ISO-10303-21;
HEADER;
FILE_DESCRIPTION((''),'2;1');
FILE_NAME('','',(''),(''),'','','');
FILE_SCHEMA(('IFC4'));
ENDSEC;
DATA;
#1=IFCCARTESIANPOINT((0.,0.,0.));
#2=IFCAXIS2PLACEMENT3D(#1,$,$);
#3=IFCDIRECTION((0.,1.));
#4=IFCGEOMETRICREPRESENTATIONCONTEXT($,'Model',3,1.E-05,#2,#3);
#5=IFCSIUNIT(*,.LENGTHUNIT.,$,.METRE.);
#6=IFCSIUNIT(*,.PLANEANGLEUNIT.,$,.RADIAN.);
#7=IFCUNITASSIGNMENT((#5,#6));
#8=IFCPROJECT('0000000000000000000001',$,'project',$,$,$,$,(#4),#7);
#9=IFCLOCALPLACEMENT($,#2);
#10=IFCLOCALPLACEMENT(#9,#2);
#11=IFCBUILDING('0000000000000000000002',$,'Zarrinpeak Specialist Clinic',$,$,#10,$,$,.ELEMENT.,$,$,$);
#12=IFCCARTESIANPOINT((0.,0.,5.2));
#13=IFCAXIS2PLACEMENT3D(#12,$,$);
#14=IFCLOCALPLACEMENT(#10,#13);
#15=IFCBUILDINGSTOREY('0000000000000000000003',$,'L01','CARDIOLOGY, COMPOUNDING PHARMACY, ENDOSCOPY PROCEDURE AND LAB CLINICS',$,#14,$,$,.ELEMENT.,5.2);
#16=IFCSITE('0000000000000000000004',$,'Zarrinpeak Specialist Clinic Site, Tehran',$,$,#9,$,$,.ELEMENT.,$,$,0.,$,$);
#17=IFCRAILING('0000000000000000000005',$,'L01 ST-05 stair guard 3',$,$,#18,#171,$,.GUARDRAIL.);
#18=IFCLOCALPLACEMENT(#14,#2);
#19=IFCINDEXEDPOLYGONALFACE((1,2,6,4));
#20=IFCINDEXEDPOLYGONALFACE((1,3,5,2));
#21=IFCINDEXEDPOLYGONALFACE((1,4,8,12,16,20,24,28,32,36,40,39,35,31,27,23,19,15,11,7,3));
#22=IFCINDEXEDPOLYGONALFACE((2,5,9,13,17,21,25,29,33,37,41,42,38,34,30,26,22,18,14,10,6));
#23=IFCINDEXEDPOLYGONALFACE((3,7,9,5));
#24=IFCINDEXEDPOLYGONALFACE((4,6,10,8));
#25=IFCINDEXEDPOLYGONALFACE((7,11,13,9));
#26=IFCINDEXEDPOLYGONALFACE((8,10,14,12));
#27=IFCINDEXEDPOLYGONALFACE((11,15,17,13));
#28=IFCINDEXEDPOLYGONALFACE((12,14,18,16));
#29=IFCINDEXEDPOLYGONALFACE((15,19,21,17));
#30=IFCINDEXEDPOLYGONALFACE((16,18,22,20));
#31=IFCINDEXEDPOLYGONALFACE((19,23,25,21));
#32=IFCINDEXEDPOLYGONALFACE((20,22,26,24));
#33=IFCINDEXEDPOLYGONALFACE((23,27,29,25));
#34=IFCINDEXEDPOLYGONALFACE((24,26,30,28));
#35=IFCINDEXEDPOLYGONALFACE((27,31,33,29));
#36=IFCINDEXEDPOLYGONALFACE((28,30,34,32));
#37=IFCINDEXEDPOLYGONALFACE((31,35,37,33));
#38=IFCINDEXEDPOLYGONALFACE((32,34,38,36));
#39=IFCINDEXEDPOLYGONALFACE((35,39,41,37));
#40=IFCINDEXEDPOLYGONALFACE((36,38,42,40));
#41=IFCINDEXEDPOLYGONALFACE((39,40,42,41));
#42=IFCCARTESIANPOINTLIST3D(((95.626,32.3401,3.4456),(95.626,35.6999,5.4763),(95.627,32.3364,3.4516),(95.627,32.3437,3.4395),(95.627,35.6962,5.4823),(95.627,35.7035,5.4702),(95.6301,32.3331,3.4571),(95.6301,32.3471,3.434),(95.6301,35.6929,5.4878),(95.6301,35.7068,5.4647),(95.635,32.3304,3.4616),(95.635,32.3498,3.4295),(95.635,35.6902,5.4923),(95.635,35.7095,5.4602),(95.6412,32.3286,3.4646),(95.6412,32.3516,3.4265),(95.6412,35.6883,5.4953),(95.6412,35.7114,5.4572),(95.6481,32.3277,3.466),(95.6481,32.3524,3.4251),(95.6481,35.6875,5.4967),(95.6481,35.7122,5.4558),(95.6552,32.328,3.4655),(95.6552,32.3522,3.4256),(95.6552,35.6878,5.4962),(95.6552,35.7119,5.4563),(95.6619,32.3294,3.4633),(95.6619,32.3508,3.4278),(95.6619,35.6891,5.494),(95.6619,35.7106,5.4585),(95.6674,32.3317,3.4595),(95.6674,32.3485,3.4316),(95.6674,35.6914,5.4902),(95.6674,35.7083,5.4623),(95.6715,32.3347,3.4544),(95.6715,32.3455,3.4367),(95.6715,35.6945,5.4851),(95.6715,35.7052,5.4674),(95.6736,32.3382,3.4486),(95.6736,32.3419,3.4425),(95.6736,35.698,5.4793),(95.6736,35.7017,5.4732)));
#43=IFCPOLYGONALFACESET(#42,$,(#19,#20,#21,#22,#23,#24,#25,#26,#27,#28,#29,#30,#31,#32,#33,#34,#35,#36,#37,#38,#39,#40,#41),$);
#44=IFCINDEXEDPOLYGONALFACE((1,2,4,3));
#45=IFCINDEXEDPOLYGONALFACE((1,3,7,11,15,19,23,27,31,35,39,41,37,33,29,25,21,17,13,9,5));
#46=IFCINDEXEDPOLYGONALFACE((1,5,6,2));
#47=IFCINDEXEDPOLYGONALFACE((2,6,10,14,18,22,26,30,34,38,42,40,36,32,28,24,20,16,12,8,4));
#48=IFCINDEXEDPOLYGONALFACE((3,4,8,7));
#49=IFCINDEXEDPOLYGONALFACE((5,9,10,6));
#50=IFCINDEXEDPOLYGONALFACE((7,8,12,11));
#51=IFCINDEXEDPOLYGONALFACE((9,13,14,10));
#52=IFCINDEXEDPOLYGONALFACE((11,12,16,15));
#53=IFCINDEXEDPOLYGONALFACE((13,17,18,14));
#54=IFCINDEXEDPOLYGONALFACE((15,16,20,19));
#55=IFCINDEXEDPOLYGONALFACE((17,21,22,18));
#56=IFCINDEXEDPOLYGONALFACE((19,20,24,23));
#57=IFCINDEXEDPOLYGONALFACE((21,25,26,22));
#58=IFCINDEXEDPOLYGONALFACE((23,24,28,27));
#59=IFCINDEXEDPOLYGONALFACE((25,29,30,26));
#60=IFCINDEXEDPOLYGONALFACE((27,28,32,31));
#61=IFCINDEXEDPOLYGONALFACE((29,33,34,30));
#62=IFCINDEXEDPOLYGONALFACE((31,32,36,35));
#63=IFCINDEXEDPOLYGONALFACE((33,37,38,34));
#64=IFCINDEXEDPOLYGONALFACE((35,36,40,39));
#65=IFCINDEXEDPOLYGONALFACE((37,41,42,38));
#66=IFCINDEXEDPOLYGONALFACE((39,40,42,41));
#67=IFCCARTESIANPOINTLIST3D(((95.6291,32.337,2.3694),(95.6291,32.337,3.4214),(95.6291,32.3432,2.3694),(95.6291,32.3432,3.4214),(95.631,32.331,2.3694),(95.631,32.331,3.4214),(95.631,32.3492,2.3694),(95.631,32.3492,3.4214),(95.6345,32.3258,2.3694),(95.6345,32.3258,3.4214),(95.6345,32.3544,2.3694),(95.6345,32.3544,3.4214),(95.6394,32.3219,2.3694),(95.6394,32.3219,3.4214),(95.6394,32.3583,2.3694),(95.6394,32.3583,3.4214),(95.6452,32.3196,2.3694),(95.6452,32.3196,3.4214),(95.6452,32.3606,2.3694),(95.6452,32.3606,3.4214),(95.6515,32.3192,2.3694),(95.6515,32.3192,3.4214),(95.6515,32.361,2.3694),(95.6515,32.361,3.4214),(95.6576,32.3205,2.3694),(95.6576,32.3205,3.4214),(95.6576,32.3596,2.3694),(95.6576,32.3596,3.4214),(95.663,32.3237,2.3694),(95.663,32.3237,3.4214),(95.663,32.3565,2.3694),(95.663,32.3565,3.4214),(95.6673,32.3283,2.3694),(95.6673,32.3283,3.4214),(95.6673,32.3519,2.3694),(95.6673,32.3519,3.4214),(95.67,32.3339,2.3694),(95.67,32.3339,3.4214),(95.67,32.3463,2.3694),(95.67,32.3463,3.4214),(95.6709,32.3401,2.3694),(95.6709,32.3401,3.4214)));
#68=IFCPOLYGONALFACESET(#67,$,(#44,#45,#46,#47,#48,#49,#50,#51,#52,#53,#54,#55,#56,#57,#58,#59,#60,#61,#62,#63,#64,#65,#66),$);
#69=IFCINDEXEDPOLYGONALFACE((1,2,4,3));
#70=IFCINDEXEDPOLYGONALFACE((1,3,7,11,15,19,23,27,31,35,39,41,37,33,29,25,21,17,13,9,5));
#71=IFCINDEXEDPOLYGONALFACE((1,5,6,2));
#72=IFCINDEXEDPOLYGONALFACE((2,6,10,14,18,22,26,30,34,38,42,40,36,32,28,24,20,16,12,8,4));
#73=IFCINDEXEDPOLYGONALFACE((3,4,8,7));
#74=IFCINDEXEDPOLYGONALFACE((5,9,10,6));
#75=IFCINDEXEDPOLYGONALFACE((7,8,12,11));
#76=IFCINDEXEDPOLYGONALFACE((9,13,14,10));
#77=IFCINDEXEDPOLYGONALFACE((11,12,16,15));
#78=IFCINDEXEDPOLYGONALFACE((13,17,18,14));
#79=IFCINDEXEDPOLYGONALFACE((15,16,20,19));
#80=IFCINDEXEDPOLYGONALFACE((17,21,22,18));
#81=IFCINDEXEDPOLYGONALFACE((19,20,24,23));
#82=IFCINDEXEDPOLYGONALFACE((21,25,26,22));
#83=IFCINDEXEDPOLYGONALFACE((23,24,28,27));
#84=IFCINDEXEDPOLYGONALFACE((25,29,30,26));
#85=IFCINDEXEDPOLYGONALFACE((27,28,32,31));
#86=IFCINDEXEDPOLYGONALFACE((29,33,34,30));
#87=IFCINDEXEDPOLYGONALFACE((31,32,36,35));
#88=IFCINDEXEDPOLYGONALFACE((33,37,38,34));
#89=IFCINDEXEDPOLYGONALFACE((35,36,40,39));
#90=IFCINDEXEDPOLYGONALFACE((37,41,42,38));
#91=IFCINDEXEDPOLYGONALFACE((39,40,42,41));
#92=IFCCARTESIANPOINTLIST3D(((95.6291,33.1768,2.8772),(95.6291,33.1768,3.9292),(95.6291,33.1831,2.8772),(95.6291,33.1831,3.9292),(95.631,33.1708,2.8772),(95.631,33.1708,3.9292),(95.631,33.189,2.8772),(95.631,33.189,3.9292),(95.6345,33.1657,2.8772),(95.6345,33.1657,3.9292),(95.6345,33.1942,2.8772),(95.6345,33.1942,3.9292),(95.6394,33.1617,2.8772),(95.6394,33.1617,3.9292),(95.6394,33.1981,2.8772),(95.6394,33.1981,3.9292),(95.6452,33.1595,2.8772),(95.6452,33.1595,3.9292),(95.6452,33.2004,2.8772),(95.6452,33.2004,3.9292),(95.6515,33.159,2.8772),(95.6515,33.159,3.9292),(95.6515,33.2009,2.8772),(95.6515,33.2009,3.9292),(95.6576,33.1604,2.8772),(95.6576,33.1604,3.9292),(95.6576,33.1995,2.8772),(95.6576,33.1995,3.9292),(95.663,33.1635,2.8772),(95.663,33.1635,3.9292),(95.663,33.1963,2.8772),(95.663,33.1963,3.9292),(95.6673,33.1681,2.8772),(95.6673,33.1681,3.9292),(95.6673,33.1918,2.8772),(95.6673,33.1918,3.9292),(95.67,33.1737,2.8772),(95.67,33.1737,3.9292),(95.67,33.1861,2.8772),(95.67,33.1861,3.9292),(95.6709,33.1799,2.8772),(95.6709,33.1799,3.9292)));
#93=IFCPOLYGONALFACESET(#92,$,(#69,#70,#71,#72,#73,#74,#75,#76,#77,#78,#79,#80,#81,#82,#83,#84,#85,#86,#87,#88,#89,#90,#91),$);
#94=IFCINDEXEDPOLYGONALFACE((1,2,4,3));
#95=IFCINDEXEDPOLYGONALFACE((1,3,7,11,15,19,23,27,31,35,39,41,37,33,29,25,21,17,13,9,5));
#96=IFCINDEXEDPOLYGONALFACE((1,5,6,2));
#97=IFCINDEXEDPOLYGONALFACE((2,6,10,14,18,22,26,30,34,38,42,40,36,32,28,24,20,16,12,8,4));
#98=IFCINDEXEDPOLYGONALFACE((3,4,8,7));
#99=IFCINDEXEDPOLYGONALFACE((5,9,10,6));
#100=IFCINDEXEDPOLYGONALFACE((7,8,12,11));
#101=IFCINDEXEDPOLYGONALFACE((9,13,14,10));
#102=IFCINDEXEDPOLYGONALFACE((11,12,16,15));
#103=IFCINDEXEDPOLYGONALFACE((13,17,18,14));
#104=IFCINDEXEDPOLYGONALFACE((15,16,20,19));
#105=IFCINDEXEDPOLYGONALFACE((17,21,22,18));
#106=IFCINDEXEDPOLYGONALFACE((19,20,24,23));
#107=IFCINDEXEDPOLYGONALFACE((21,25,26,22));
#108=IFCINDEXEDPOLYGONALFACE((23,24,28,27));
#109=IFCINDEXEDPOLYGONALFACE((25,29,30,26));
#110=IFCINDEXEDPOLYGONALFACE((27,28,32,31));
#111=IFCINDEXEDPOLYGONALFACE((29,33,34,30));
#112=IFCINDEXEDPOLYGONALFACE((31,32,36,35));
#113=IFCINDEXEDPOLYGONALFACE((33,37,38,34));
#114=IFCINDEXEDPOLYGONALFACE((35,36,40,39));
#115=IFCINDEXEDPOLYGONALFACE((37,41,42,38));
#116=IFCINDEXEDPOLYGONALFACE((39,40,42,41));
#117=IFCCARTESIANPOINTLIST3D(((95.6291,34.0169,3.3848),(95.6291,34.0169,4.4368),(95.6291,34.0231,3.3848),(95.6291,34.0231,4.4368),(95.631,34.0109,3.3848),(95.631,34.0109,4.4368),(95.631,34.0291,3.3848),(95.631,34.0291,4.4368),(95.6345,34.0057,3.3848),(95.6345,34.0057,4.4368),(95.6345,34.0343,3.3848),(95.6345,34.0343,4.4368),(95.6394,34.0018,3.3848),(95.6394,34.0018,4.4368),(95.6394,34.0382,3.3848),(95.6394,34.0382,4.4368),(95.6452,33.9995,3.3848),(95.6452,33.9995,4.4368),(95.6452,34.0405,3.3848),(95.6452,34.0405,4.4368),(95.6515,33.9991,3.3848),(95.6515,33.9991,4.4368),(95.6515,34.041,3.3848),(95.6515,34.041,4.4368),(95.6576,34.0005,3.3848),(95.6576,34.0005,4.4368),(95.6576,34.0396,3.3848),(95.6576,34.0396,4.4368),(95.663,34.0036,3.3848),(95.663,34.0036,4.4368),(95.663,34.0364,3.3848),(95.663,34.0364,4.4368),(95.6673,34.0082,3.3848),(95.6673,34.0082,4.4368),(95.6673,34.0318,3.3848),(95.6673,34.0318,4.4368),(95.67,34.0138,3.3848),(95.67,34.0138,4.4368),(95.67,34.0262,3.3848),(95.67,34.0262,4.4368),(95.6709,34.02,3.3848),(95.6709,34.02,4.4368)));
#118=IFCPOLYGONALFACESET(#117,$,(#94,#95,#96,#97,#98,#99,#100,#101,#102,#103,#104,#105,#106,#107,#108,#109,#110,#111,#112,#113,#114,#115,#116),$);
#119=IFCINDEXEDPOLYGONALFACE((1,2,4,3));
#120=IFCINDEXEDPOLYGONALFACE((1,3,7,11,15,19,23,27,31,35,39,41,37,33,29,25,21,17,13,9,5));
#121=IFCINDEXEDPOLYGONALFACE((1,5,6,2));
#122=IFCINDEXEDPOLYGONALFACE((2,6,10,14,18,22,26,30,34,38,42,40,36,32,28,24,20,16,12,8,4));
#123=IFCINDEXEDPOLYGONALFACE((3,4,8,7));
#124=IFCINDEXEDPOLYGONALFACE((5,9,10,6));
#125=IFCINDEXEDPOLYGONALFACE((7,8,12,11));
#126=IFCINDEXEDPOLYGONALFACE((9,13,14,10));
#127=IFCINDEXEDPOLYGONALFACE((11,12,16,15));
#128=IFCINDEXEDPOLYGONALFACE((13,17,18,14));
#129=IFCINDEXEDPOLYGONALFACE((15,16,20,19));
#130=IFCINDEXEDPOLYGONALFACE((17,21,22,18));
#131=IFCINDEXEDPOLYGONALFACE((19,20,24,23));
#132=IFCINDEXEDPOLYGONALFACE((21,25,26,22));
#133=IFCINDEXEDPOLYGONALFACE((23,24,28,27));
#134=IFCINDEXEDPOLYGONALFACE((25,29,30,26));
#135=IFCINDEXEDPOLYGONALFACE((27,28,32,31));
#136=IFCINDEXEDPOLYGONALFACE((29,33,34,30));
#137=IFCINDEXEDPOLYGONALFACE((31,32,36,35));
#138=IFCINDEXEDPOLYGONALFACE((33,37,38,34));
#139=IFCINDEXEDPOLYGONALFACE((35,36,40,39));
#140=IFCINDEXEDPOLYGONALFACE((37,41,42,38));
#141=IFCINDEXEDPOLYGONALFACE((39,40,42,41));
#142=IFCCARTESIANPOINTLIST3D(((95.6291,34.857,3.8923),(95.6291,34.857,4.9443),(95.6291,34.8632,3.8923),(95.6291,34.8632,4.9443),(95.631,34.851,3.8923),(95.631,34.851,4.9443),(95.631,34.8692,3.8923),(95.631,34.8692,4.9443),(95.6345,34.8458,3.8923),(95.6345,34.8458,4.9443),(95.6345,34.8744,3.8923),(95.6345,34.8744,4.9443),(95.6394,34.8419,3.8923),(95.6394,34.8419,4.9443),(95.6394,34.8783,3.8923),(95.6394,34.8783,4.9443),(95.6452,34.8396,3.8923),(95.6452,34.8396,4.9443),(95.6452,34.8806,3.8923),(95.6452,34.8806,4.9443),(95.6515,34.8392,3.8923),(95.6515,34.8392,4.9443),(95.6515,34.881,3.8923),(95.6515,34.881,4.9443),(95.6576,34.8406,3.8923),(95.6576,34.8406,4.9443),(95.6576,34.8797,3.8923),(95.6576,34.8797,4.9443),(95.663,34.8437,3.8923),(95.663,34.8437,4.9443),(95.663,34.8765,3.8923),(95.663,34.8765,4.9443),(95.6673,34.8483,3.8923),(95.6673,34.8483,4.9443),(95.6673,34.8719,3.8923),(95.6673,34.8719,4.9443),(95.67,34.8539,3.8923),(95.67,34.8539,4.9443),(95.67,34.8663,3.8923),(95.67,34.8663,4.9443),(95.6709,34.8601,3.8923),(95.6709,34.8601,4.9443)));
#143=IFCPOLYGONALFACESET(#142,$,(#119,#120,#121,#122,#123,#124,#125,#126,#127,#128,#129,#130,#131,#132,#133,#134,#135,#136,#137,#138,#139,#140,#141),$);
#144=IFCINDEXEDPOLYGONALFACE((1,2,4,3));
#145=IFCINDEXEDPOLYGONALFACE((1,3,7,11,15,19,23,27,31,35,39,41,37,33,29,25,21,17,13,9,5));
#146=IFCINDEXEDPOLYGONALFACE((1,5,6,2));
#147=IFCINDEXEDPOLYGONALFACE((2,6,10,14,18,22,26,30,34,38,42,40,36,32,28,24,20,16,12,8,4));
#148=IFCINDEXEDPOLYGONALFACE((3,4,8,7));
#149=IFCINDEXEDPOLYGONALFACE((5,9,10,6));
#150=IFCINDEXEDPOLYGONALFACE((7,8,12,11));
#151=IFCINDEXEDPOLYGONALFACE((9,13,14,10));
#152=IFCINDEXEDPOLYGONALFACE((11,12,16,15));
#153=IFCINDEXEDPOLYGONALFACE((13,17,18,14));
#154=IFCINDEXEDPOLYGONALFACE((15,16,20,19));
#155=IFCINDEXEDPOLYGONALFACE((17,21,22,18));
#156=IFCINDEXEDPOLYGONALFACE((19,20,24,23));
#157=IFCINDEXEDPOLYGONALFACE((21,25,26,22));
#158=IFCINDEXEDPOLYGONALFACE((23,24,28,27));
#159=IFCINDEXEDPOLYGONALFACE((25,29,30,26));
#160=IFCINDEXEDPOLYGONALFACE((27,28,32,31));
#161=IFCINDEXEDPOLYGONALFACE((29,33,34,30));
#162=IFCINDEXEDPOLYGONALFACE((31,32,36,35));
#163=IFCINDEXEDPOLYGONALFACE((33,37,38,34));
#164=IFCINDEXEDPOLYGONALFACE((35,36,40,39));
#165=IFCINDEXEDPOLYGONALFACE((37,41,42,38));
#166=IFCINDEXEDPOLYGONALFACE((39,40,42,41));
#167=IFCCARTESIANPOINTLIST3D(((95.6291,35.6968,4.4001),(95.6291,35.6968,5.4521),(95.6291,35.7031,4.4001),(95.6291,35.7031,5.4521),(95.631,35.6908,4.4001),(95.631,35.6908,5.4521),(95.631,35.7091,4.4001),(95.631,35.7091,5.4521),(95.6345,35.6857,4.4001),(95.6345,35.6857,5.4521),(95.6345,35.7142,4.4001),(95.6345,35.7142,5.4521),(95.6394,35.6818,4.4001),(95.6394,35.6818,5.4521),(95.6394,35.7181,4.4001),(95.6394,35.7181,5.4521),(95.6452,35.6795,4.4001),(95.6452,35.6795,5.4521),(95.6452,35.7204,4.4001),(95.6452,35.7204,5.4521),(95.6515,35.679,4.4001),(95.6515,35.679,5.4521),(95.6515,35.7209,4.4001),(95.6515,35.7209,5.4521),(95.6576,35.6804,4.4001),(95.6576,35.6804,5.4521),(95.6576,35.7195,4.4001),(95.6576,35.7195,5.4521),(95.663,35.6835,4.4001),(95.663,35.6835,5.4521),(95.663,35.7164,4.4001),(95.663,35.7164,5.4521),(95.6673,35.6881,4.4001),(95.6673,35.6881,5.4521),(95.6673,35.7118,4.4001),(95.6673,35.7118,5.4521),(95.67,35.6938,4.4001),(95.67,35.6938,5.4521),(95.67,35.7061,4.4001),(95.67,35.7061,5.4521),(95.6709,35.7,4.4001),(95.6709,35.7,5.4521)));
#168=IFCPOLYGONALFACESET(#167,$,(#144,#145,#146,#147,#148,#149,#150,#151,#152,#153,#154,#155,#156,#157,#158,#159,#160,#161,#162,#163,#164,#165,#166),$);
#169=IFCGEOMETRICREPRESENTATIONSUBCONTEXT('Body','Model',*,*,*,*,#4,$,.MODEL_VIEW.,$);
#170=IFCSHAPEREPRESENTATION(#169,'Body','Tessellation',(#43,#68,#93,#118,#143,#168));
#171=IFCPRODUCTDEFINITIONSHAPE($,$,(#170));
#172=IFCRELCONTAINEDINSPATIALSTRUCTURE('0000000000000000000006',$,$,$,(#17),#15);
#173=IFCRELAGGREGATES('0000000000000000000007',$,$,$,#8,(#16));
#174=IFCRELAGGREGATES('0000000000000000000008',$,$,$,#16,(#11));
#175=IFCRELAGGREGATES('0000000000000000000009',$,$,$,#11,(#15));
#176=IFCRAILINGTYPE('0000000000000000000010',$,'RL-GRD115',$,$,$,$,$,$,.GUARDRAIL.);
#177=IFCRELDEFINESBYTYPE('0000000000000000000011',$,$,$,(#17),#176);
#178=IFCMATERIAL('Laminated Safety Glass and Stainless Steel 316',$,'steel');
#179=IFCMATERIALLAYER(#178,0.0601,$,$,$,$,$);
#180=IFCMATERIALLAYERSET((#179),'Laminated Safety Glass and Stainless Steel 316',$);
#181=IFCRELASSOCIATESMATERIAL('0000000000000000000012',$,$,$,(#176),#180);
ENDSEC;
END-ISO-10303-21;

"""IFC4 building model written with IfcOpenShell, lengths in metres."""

from ifc_helpers import new_model, si_unit, direction, frame, origin, origin_2d, place, context, subcontext, project, spatial, circle, extrude, material, layer, layer_set, type_object, element, save


model = new_model("IFC4")

# Units and contexts
model_context = context("Model", 3, precision=1e-05, world=origin(), true_north=direction((0.0, 1.0)))
body_context = subcontext(model_context, "Body", "Model", "MODEL_VIEW")
ifc_project = project(units=[si_unit("LENGTHUNIT", "METRE"), si_unit("PLANEANGLEUNIT", "RADIAN")], contexts=[model_context])

# Site, building, storey
site_placement = place(None, origin())
site = spatial("IfcSite", under=ifc_project, at=site_placement, Name="Zarrinpeak Specialist Clinic Site, Tehran", CompositionType="ELEMENT", RefElevation=0.0)
building_placement = place(site_placement, origin())
building = spatial("IfcBuilding", under=site, at=building_placement, Name="Zarrinpeak Specialist Clinic", CompositionType="ELEMENT")
storey_placement = place(building_placement, frame((0.0, 0.0, 5.2)))
storey = spatial("IfcBuildingStorey", under=building, at=storey_placement, Name="L01", Description="CARDIOLOGY, COMPOUNDING PHARMACY, ENDOSCOPY PROCEDURE AND LAB CLINICS", CompositionType="ELEMENT", Elevation=5.2)

# Railing
ifc_material_1 = material(Name="Laminated Safety Glass and Stainless Steel 316", Category="steel")
ifc_layer_1 = layer(ifc_material_1, 0.0601)
ifc_layer_set_1 = layer_set([ifc_layer_1], Name="Laminated Safety Glass and Stainless Steel 316")
railing_type_1 = type_object("IfcRailingType", Name="RL-GRD115", PredefinedType="GUARDRAIL", material=ifc_layer_set_1)
railing_1_placement = place(storey_placement, frame((95.6499, 32.3401, 2.3694)))
element("IfcRailing", 1, at=railing_1_placement, inside=storey, type_object=railing_type_1, Name="L01 ST-05 stair guard 3", PredefinedType="GUARDRAIL", context=body_context, shape_type="SweptSolid", body=[
    extrude(circle(Radius=0.0239, at=origin_2d()), frame((0.0, 0.0, 1.0762), z_axis=(0.0, 0.85582, 0.517273), x_axis=(-1.0, 0.0, 0.0)), (0.0, 0.0, 1.0), 3.9258),
    extrude(circle(Radius=0.021, at=origin_2d()), origin(), (0.0, 0.0, 1.0), 1.052),
    extrude(circle(Radius=0.021, at=origin_2d()), frame((0.0, 0.8398, 0.5078)), (0.0, 0.0, 1.0), 1.052),
    extrude(circle(Radius=0.021, at=origin_2d()), frame((0.0, 1.6799, 1.0154)), (0.0, 0.0, 1.0), 1.052),
    extrude(circle(Radius=0.021, at=origin_2d()), frame((0.0, 2.52, 1.5229)), (0.0, 0.0, 1.0), 1.052),
    extrude(circle(Radius=0.021, at=origin_2d()), frame((0.0, 3.3599, 2.0308)), (0.0, 0.0, 1.0), 1.052),
])

save(model, "model.ifc")
